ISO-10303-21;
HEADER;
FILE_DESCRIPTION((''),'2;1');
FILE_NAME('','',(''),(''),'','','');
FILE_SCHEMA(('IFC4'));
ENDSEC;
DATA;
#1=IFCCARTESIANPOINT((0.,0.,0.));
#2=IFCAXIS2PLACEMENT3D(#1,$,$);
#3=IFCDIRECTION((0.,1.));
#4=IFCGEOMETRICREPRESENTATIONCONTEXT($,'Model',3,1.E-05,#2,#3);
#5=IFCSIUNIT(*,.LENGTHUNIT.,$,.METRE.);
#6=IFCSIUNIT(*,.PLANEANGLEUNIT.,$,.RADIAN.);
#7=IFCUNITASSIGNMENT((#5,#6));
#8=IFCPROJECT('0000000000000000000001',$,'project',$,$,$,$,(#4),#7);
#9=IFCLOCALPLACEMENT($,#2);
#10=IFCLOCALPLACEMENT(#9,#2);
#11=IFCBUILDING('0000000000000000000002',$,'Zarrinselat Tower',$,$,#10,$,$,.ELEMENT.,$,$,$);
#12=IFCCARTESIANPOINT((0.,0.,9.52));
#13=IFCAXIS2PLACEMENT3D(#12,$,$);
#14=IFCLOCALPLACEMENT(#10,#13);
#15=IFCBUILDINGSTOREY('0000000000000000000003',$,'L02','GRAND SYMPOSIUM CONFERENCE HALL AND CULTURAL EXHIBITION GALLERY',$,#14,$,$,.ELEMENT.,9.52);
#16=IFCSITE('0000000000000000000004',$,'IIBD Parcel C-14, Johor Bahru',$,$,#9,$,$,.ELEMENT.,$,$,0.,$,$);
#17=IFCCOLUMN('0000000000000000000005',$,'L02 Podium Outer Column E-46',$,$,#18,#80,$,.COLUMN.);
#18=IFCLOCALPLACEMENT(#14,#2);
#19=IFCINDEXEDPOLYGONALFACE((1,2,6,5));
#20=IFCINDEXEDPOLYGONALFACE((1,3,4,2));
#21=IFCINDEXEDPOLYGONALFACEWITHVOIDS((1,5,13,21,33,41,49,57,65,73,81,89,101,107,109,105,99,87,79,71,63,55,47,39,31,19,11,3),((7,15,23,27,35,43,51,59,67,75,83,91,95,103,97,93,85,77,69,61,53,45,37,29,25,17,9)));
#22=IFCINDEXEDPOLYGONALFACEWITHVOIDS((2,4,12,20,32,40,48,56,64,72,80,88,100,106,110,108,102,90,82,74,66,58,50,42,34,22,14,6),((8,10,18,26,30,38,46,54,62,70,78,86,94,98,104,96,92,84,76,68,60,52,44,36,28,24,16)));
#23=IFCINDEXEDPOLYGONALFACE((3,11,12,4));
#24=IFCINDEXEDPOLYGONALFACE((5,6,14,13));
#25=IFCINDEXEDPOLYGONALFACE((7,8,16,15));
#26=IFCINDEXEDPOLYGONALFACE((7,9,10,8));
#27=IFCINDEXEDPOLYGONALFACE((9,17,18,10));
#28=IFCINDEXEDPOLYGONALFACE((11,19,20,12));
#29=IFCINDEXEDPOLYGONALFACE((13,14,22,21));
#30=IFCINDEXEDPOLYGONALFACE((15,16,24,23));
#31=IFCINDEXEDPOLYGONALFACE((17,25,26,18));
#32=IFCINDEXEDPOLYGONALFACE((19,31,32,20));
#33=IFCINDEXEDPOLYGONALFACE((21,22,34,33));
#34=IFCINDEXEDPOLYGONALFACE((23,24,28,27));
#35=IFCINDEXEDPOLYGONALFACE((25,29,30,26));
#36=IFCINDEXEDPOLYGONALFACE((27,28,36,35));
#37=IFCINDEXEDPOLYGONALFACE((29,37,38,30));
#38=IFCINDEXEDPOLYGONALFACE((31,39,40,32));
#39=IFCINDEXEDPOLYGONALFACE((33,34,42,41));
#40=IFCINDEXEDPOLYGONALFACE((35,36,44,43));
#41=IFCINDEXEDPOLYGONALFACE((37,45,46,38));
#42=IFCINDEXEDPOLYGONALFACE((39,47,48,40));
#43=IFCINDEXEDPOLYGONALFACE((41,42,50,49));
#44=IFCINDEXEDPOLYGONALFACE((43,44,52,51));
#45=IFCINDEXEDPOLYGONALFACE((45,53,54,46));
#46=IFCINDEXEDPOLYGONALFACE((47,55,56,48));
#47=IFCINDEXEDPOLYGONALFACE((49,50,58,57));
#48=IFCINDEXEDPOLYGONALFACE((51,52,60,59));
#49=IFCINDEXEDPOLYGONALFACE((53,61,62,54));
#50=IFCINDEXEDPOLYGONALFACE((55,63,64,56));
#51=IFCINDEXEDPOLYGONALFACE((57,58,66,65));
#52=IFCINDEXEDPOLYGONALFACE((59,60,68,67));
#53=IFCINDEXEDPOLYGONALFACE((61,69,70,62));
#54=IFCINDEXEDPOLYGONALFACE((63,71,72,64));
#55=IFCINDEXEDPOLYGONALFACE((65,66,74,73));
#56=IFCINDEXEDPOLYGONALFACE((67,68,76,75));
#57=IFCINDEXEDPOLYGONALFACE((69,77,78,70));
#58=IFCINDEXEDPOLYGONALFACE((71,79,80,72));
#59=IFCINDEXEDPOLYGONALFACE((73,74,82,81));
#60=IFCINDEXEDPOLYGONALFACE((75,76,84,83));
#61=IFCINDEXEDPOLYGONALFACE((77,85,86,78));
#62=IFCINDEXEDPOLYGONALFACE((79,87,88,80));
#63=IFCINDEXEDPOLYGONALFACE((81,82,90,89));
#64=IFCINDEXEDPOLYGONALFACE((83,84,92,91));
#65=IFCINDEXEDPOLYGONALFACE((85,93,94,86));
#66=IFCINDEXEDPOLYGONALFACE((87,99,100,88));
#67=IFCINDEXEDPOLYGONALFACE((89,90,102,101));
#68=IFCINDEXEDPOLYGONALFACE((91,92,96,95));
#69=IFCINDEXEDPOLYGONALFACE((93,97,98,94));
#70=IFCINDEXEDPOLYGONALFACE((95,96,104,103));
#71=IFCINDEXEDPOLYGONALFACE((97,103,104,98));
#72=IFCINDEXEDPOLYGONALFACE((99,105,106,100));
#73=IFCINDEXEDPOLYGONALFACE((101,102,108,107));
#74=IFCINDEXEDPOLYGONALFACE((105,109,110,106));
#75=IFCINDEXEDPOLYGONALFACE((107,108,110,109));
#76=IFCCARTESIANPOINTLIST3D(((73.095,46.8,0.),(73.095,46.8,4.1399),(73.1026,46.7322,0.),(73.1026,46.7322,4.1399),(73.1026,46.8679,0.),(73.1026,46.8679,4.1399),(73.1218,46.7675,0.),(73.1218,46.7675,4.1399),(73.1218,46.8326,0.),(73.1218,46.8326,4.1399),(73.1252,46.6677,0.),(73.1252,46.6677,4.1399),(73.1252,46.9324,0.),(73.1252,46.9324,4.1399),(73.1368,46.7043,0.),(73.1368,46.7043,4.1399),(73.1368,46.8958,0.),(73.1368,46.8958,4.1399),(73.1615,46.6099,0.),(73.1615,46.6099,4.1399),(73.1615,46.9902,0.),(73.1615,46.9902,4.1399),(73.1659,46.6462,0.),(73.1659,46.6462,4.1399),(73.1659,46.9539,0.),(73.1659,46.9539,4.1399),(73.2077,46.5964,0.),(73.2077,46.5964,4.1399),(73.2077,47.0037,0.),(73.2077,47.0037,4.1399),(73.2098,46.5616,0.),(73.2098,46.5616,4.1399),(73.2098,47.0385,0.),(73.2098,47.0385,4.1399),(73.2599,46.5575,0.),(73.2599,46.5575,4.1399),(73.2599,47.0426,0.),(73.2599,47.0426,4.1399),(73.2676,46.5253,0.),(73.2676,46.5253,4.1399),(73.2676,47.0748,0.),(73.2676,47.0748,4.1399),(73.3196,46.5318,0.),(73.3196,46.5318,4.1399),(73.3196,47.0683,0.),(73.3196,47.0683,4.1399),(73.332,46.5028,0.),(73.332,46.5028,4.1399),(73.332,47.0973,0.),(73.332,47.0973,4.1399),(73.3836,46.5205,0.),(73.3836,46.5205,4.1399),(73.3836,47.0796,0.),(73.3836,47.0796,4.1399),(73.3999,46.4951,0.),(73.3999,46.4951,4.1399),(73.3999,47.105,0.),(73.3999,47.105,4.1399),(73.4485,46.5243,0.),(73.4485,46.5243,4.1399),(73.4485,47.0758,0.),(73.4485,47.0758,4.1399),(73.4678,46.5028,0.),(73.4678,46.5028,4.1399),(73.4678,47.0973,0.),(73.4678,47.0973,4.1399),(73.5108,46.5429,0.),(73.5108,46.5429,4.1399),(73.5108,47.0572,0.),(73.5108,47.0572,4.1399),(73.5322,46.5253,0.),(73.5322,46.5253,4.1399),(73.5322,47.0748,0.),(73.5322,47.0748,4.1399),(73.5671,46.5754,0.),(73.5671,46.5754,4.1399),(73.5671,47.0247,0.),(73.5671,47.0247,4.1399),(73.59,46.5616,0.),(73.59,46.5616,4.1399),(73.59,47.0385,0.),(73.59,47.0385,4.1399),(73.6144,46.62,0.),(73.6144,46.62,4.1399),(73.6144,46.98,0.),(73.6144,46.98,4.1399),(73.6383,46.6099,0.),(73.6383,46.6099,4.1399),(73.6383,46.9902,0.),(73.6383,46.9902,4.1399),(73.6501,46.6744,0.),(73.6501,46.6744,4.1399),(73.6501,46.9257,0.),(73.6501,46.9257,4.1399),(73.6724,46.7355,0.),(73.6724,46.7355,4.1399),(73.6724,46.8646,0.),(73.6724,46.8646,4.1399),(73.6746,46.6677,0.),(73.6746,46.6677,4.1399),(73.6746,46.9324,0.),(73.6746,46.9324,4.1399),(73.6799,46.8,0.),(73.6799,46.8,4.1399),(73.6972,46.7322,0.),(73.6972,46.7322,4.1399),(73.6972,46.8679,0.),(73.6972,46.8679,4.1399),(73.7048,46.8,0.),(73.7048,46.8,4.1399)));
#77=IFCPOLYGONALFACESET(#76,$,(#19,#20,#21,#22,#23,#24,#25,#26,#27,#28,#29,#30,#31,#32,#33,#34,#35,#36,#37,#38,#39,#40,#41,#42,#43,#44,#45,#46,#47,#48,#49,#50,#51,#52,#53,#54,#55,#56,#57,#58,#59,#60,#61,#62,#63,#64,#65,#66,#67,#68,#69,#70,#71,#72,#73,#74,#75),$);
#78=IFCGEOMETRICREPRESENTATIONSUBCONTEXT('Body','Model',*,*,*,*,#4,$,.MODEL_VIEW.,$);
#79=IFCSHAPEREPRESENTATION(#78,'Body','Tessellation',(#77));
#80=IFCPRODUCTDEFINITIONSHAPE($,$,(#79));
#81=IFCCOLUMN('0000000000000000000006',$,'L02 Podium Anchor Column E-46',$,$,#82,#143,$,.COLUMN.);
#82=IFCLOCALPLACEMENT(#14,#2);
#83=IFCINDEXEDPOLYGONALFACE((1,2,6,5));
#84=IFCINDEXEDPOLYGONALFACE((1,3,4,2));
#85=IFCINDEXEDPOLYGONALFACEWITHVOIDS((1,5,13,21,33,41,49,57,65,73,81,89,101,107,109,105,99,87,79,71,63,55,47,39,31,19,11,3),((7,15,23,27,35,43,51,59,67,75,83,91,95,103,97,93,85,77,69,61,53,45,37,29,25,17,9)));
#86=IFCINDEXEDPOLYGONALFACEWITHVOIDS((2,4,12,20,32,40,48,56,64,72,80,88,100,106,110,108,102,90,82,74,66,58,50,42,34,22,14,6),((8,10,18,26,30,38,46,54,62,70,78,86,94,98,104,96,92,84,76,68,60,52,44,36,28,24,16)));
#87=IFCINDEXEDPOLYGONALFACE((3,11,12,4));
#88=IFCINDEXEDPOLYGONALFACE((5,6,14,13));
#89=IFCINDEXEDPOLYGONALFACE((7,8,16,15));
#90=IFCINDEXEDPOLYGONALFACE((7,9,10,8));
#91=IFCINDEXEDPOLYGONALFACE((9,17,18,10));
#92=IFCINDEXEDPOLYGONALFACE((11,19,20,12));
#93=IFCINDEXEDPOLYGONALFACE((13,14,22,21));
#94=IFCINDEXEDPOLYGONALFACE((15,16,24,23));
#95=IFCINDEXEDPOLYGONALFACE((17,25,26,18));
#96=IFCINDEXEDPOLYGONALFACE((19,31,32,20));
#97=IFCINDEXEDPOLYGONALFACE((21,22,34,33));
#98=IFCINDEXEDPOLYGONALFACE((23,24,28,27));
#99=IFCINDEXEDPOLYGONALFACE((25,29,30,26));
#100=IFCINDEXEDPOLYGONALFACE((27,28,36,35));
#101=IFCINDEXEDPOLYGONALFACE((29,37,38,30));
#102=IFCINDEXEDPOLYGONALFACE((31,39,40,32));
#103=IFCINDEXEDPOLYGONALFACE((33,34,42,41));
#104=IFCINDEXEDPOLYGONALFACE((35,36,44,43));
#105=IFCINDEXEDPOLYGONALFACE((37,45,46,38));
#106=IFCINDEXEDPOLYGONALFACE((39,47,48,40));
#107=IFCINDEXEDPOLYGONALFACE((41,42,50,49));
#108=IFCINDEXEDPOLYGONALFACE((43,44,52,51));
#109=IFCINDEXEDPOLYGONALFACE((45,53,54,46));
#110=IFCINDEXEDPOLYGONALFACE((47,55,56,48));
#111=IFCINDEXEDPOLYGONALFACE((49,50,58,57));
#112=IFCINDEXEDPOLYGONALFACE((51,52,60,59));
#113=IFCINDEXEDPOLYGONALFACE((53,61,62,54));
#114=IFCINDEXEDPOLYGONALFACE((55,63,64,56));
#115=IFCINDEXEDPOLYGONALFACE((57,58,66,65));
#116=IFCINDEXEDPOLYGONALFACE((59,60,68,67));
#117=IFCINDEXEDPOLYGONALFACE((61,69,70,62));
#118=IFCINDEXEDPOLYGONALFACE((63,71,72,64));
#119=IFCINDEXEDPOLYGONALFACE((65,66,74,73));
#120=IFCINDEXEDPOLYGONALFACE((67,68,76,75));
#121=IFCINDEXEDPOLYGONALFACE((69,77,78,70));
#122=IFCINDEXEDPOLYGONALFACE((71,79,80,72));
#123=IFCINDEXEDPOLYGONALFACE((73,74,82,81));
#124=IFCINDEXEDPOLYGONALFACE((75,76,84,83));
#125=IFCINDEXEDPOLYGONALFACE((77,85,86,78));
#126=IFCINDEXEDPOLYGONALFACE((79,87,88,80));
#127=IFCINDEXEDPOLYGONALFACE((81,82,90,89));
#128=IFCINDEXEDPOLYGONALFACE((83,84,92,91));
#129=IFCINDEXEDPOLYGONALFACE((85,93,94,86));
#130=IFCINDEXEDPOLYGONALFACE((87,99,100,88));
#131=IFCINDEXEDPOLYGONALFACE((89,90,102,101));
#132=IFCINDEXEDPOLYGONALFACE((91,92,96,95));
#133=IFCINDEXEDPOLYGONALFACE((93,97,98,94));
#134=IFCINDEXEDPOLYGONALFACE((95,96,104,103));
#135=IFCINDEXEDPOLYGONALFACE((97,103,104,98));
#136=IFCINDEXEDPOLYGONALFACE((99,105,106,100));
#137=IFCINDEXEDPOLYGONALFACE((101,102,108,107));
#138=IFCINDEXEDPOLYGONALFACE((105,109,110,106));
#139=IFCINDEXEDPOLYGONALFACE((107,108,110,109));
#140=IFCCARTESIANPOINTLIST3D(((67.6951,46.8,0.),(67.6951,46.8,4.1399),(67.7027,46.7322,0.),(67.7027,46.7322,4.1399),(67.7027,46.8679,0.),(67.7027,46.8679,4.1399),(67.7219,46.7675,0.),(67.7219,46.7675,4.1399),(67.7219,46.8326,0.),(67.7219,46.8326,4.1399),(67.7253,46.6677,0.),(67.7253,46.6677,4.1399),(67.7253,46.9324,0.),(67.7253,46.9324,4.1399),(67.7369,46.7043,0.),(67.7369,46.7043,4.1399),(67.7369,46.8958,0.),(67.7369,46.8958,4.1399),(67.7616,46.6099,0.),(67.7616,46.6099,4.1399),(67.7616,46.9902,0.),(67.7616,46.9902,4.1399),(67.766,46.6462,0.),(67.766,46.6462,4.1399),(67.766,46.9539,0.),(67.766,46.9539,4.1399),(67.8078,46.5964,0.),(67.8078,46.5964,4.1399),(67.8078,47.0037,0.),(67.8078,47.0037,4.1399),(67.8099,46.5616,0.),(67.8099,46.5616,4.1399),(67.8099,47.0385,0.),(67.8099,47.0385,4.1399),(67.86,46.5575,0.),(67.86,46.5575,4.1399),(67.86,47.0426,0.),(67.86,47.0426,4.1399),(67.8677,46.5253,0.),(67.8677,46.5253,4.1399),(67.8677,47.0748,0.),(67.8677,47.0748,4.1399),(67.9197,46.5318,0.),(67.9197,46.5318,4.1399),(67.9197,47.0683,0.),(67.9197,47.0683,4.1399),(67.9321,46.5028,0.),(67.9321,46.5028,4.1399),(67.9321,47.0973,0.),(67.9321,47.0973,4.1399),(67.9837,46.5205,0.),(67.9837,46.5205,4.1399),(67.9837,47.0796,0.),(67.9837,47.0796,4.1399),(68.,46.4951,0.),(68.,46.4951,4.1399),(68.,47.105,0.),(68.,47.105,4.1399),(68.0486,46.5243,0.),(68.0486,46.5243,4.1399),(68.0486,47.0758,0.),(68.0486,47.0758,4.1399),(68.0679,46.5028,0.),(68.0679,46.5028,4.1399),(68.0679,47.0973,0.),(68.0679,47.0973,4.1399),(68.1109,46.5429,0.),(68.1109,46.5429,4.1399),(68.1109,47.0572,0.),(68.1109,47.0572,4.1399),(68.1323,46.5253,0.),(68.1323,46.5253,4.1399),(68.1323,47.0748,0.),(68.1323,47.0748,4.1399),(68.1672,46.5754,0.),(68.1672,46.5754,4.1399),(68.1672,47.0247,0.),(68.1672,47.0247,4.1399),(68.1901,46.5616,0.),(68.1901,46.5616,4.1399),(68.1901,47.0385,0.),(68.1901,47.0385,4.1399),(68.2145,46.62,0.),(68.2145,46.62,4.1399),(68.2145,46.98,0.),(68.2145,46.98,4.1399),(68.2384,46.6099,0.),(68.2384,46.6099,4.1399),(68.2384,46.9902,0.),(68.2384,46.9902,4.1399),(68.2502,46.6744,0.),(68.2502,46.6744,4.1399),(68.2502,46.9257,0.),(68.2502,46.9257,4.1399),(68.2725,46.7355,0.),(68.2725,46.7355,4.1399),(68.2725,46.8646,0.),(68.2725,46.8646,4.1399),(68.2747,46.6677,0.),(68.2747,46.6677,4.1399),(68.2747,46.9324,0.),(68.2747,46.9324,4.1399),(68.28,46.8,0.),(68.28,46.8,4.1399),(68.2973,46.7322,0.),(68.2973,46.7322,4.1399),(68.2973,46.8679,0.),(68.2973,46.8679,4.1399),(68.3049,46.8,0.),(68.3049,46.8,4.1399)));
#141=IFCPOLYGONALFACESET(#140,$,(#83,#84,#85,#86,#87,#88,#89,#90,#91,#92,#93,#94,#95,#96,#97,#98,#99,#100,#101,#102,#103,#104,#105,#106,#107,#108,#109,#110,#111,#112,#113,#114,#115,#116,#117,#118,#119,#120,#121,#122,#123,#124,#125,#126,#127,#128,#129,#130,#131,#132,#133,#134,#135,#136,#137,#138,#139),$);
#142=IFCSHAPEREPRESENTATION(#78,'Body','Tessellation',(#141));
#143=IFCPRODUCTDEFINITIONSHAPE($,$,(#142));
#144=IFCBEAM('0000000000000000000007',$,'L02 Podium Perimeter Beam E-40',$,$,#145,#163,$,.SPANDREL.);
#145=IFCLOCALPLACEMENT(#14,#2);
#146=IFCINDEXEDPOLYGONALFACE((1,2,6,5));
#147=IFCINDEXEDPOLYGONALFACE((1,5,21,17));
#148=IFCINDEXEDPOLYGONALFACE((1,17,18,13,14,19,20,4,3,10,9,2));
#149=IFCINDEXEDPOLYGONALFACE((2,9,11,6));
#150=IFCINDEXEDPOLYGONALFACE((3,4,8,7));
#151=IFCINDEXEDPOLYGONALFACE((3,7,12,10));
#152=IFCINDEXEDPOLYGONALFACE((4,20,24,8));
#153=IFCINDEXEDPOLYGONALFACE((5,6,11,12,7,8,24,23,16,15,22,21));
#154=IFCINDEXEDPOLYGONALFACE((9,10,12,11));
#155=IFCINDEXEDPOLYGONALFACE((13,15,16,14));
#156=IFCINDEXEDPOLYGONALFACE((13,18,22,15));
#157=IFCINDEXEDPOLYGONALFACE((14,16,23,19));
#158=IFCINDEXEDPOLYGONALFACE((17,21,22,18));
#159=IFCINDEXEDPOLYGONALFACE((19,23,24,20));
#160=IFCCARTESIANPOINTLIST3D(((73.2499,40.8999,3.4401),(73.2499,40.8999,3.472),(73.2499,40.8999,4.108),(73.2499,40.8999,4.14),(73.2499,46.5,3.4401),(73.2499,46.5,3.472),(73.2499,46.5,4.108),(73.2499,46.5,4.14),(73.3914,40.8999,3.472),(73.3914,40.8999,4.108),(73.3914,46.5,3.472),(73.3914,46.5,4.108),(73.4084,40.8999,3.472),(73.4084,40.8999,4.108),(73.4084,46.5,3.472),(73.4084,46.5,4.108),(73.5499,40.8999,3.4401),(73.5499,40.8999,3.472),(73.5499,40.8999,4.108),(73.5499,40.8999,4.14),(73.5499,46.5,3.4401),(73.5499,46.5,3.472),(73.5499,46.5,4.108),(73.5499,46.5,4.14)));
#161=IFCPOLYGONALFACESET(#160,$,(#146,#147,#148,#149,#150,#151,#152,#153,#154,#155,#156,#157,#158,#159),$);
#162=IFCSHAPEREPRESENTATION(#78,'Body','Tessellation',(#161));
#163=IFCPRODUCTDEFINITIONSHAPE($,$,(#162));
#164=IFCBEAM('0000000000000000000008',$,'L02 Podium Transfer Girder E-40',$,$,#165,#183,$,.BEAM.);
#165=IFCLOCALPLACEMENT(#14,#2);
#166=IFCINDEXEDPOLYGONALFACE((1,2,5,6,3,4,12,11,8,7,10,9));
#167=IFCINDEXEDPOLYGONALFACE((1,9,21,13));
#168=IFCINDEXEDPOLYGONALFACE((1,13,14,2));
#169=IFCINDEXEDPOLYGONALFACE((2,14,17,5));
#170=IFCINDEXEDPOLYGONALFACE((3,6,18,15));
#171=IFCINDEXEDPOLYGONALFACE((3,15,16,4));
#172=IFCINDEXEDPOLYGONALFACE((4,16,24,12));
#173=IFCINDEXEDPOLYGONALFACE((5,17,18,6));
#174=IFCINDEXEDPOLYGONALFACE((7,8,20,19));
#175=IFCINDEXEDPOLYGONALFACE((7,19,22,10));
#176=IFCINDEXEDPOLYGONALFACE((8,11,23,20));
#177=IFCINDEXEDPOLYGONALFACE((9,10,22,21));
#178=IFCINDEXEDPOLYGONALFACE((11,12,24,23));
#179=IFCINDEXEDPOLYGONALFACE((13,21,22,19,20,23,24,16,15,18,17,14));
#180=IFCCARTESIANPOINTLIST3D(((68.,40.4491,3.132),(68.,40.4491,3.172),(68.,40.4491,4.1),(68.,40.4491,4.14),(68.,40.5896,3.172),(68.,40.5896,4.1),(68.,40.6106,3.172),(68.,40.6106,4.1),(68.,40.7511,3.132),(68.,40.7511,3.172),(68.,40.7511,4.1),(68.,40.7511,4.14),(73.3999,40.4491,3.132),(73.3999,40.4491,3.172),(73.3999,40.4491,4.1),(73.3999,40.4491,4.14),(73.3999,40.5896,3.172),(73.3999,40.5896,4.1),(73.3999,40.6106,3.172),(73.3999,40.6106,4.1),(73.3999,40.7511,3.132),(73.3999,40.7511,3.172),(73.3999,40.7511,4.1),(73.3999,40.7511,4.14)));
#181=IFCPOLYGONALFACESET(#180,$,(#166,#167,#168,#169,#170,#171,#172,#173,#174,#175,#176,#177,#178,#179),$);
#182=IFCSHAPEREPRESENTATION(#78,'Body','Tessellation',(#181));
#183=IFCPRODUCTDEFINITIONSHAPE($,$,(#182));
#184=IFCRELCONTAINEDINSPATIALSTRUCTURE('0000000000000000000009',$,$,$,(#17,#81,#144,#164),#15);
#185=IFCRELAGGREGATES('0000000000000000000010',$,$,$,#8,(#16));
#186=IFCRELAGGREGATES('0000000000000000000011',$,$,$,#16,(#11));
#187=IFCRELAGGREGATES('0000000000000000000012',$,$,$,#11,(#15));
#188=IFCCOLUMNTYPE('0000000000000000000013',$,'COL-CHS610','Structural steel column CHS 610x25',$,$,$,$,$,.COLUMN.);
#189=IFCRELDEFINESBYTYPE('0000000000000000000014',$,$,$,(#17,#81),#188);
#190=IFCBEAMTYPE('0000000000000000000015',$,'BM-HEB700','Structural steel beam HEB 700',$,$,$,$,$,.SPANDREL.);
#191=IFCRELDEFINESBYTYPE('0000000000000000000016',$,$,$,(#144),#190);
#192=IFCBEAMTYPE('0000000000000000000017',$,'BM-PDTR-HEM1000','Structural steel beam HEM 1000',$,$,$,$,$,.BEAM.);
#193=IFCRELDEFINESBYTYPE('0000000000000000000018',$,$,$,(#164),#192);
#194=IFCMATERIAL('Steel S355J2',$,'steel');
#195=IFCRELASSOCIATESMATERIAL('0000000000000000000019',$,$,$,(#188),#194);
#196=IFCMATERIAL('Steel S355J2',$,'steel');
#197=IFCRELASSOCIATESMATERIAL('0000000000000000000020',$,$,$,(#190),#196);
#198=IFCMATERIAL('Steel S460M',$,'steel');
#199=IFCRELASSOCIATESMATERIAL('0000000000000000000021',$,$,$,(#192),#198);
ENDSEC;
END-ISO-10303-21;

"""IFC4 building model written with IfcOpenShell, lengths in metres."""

from ifc_helpers import new_model, si_unit, direction, frame, origin, origin_2d, place, context, subcontext, project, spatial, hollow_circle, i_section, extrude, material, material_profile, profile_set, type_object, element, save


model = new_model("IFC4")

# Units and contexts
model_context = context("Model", 3, precision=1e-05, world=origin(), true_north=direction((0.0, 1.0)))
body_context = subcontext(model_context, "Body", "Model", "MODEL_VIEW")
ifc_project = project(units=[si_unit("LENGTHUNIT", "METRE"), si_unit("PLANEANGLEUNIT", "RADIAN")], contexts=[model_context])

# Site, building, storey
site_placement = place(None, origin())
site = spatial("IfcSite", under=ifc_project, at=site_placement, Name="IIBD Parcel C-14, Johor Bahru", CompositionType="ELEMENT", RefElevation=0.0)
building_placement = place(site_placement, origin())
building = spatial("IfcBuilding", under=site, at=building_placement, Name="Zarrinselat Tower", CompositionType="ELEMENT")
storey_placement = place(building_placement, frame((0.0, 0.0, 9.52)))
storey = spatial("IfcBuildingStorey", under=building, at=storey_placement, Name="L02", Description="GRAND SYMPOSIUM CONFERENCE HALL AND CULTURAL EXHIBITION GALLERY", CompositionType="ELEMENT", Elevation=9.52)

# Columns
ifc_material_1 = material(Name="Steel S355J2", Category="steel")
ifc_material_profile_1 = material_profile(ifc_material_1, hollow_circle(Radius=0.3049, WallThickness=0.0249, at=origin_2d()), Name="CHS 610x25")
ifc_profile_set_1 = profile_set([ifc_material_profile_1], Name="Steel S355J2")
column_type = type_object("IfcColumnType", Name="COL-CHS610", Description="Structural steel column CHS 610x25", PredefinedType="COLUMN", material=ifc_profile_set_1)
for number, where, z_axis, x_axis, name in (
    (1, (73.3999, 46.8, 0.0), (0.0, 0.0, 1.0), (1.0, 0.0, 0.0), "L02 Podium Outer Column E-46"),
    (2, (68.0, 46.8, 0.0), (0.0, 0.0, 1.0), (1.0, 0.0, 0.0), "L02 Podium Anchor Column E-46"),
):
    element("IfcColumn", number, at=place(storey_placement, frame(where, z_axis=z_axis, x_axis=x_axis)), inside=storey, type_object=column_type, Name=name, PredefinedType="COLUMN", context=body_context, shape_type="SweptSolid", body=[
        extrude(hollow_circle(Radius=0.3049, WallThickness=0.0249, at=origin_2d()), origin(), (0.0, 0.0, 1.0), 4.1399),
    ])

# Beams
ifc_material_2 = material(Name="Steel S355J2", Category="steel")
ifc_material_profile_2 = material_profile(ifc_material_2, i_section(OverallWidth=0.3, OverallDepth=0.7, WebThickness=0.0171, FlangeThickness=0.032, at=origin_2d()), Name="HEB 700")
ifc_profile_set_2 = profile_set([ifc_material_profile_2], Name="Steel S355J2")
beam_type_1 = type_object("IfcBeamType", Name="BM-HEB700", Description="Structural steel beam HEB 700", PredefinedType="SPANDREL", material=ifc_profile_set_2)
beam_placement = place(storey_placement, frame((73.3999, 40.8999, 3.79), z_axis=(0.0, 1.0, 0.0), x_axis=(-1.0, 0.0, 0.0)))
element("IfcBeam", 3, at=beam_placement, inside=storey, type_object=beam_type_1, Name="L02 Podium Perimeter Beam E-40", PredefinedType="SPANDREL", context=body_context, shape_type="SweptSolid", body=[
    extrude(i_section(OverallWidth=0.3, OverallDepth=0.7, WebThickness=0.0171, FlangeThickness=0.032, at=origin_2d()), origin(), (0.0, 0.0, 1.0), 5.6001),
])
ifc_material_3 = material(Name="Steel S460M", Category="steel")
ifc_material_profile_3 = material_profile(ifc_material_3, i_section(OverallWidth=0.302, OverallDepth=1.0081, WebThickness=0.021, FlangeThickness=0.04, at=origin_2d()), Name="HEM 1000")
ifc_profile_set_3 = profile_set([ifc_material_profile_3], Name="Steel S460M")
beam_type_2 = type_object("IfcBeamType", Name="BM-PDTR-HEM1000", Description="Structural steel beam HEM 1000", PredefinedType="BEAM", material=ifc_profile_set_3)
for number, where, z_axis, x_axis, name in (
    (4, (68.0, 40.6001, 3.636), (1.0, 0.0, 0.0), (0.0, 1.0, 0.0), "L02 Podium Transfer Girder E-40"),
):
    element("IfcBeam", number, at=place(storey_placement, frame(where, z_axis=z_axis, x_axis=x_axis)), inside=storey, type_object=beam_type_2, Name=name, PredefinedType="BEAM", context=body_context, shape_type="SweptSolid", body=[
        extrude(i_section(OverallWidth=0.302, OverallDepth=1.0081, WebThickness=0.021, FlangeThickness=0.04, at=origin_2d()), origin(), (0.0, 0.0, 1.0), 5.3999),
    ])

save(model, "model.ifc")
